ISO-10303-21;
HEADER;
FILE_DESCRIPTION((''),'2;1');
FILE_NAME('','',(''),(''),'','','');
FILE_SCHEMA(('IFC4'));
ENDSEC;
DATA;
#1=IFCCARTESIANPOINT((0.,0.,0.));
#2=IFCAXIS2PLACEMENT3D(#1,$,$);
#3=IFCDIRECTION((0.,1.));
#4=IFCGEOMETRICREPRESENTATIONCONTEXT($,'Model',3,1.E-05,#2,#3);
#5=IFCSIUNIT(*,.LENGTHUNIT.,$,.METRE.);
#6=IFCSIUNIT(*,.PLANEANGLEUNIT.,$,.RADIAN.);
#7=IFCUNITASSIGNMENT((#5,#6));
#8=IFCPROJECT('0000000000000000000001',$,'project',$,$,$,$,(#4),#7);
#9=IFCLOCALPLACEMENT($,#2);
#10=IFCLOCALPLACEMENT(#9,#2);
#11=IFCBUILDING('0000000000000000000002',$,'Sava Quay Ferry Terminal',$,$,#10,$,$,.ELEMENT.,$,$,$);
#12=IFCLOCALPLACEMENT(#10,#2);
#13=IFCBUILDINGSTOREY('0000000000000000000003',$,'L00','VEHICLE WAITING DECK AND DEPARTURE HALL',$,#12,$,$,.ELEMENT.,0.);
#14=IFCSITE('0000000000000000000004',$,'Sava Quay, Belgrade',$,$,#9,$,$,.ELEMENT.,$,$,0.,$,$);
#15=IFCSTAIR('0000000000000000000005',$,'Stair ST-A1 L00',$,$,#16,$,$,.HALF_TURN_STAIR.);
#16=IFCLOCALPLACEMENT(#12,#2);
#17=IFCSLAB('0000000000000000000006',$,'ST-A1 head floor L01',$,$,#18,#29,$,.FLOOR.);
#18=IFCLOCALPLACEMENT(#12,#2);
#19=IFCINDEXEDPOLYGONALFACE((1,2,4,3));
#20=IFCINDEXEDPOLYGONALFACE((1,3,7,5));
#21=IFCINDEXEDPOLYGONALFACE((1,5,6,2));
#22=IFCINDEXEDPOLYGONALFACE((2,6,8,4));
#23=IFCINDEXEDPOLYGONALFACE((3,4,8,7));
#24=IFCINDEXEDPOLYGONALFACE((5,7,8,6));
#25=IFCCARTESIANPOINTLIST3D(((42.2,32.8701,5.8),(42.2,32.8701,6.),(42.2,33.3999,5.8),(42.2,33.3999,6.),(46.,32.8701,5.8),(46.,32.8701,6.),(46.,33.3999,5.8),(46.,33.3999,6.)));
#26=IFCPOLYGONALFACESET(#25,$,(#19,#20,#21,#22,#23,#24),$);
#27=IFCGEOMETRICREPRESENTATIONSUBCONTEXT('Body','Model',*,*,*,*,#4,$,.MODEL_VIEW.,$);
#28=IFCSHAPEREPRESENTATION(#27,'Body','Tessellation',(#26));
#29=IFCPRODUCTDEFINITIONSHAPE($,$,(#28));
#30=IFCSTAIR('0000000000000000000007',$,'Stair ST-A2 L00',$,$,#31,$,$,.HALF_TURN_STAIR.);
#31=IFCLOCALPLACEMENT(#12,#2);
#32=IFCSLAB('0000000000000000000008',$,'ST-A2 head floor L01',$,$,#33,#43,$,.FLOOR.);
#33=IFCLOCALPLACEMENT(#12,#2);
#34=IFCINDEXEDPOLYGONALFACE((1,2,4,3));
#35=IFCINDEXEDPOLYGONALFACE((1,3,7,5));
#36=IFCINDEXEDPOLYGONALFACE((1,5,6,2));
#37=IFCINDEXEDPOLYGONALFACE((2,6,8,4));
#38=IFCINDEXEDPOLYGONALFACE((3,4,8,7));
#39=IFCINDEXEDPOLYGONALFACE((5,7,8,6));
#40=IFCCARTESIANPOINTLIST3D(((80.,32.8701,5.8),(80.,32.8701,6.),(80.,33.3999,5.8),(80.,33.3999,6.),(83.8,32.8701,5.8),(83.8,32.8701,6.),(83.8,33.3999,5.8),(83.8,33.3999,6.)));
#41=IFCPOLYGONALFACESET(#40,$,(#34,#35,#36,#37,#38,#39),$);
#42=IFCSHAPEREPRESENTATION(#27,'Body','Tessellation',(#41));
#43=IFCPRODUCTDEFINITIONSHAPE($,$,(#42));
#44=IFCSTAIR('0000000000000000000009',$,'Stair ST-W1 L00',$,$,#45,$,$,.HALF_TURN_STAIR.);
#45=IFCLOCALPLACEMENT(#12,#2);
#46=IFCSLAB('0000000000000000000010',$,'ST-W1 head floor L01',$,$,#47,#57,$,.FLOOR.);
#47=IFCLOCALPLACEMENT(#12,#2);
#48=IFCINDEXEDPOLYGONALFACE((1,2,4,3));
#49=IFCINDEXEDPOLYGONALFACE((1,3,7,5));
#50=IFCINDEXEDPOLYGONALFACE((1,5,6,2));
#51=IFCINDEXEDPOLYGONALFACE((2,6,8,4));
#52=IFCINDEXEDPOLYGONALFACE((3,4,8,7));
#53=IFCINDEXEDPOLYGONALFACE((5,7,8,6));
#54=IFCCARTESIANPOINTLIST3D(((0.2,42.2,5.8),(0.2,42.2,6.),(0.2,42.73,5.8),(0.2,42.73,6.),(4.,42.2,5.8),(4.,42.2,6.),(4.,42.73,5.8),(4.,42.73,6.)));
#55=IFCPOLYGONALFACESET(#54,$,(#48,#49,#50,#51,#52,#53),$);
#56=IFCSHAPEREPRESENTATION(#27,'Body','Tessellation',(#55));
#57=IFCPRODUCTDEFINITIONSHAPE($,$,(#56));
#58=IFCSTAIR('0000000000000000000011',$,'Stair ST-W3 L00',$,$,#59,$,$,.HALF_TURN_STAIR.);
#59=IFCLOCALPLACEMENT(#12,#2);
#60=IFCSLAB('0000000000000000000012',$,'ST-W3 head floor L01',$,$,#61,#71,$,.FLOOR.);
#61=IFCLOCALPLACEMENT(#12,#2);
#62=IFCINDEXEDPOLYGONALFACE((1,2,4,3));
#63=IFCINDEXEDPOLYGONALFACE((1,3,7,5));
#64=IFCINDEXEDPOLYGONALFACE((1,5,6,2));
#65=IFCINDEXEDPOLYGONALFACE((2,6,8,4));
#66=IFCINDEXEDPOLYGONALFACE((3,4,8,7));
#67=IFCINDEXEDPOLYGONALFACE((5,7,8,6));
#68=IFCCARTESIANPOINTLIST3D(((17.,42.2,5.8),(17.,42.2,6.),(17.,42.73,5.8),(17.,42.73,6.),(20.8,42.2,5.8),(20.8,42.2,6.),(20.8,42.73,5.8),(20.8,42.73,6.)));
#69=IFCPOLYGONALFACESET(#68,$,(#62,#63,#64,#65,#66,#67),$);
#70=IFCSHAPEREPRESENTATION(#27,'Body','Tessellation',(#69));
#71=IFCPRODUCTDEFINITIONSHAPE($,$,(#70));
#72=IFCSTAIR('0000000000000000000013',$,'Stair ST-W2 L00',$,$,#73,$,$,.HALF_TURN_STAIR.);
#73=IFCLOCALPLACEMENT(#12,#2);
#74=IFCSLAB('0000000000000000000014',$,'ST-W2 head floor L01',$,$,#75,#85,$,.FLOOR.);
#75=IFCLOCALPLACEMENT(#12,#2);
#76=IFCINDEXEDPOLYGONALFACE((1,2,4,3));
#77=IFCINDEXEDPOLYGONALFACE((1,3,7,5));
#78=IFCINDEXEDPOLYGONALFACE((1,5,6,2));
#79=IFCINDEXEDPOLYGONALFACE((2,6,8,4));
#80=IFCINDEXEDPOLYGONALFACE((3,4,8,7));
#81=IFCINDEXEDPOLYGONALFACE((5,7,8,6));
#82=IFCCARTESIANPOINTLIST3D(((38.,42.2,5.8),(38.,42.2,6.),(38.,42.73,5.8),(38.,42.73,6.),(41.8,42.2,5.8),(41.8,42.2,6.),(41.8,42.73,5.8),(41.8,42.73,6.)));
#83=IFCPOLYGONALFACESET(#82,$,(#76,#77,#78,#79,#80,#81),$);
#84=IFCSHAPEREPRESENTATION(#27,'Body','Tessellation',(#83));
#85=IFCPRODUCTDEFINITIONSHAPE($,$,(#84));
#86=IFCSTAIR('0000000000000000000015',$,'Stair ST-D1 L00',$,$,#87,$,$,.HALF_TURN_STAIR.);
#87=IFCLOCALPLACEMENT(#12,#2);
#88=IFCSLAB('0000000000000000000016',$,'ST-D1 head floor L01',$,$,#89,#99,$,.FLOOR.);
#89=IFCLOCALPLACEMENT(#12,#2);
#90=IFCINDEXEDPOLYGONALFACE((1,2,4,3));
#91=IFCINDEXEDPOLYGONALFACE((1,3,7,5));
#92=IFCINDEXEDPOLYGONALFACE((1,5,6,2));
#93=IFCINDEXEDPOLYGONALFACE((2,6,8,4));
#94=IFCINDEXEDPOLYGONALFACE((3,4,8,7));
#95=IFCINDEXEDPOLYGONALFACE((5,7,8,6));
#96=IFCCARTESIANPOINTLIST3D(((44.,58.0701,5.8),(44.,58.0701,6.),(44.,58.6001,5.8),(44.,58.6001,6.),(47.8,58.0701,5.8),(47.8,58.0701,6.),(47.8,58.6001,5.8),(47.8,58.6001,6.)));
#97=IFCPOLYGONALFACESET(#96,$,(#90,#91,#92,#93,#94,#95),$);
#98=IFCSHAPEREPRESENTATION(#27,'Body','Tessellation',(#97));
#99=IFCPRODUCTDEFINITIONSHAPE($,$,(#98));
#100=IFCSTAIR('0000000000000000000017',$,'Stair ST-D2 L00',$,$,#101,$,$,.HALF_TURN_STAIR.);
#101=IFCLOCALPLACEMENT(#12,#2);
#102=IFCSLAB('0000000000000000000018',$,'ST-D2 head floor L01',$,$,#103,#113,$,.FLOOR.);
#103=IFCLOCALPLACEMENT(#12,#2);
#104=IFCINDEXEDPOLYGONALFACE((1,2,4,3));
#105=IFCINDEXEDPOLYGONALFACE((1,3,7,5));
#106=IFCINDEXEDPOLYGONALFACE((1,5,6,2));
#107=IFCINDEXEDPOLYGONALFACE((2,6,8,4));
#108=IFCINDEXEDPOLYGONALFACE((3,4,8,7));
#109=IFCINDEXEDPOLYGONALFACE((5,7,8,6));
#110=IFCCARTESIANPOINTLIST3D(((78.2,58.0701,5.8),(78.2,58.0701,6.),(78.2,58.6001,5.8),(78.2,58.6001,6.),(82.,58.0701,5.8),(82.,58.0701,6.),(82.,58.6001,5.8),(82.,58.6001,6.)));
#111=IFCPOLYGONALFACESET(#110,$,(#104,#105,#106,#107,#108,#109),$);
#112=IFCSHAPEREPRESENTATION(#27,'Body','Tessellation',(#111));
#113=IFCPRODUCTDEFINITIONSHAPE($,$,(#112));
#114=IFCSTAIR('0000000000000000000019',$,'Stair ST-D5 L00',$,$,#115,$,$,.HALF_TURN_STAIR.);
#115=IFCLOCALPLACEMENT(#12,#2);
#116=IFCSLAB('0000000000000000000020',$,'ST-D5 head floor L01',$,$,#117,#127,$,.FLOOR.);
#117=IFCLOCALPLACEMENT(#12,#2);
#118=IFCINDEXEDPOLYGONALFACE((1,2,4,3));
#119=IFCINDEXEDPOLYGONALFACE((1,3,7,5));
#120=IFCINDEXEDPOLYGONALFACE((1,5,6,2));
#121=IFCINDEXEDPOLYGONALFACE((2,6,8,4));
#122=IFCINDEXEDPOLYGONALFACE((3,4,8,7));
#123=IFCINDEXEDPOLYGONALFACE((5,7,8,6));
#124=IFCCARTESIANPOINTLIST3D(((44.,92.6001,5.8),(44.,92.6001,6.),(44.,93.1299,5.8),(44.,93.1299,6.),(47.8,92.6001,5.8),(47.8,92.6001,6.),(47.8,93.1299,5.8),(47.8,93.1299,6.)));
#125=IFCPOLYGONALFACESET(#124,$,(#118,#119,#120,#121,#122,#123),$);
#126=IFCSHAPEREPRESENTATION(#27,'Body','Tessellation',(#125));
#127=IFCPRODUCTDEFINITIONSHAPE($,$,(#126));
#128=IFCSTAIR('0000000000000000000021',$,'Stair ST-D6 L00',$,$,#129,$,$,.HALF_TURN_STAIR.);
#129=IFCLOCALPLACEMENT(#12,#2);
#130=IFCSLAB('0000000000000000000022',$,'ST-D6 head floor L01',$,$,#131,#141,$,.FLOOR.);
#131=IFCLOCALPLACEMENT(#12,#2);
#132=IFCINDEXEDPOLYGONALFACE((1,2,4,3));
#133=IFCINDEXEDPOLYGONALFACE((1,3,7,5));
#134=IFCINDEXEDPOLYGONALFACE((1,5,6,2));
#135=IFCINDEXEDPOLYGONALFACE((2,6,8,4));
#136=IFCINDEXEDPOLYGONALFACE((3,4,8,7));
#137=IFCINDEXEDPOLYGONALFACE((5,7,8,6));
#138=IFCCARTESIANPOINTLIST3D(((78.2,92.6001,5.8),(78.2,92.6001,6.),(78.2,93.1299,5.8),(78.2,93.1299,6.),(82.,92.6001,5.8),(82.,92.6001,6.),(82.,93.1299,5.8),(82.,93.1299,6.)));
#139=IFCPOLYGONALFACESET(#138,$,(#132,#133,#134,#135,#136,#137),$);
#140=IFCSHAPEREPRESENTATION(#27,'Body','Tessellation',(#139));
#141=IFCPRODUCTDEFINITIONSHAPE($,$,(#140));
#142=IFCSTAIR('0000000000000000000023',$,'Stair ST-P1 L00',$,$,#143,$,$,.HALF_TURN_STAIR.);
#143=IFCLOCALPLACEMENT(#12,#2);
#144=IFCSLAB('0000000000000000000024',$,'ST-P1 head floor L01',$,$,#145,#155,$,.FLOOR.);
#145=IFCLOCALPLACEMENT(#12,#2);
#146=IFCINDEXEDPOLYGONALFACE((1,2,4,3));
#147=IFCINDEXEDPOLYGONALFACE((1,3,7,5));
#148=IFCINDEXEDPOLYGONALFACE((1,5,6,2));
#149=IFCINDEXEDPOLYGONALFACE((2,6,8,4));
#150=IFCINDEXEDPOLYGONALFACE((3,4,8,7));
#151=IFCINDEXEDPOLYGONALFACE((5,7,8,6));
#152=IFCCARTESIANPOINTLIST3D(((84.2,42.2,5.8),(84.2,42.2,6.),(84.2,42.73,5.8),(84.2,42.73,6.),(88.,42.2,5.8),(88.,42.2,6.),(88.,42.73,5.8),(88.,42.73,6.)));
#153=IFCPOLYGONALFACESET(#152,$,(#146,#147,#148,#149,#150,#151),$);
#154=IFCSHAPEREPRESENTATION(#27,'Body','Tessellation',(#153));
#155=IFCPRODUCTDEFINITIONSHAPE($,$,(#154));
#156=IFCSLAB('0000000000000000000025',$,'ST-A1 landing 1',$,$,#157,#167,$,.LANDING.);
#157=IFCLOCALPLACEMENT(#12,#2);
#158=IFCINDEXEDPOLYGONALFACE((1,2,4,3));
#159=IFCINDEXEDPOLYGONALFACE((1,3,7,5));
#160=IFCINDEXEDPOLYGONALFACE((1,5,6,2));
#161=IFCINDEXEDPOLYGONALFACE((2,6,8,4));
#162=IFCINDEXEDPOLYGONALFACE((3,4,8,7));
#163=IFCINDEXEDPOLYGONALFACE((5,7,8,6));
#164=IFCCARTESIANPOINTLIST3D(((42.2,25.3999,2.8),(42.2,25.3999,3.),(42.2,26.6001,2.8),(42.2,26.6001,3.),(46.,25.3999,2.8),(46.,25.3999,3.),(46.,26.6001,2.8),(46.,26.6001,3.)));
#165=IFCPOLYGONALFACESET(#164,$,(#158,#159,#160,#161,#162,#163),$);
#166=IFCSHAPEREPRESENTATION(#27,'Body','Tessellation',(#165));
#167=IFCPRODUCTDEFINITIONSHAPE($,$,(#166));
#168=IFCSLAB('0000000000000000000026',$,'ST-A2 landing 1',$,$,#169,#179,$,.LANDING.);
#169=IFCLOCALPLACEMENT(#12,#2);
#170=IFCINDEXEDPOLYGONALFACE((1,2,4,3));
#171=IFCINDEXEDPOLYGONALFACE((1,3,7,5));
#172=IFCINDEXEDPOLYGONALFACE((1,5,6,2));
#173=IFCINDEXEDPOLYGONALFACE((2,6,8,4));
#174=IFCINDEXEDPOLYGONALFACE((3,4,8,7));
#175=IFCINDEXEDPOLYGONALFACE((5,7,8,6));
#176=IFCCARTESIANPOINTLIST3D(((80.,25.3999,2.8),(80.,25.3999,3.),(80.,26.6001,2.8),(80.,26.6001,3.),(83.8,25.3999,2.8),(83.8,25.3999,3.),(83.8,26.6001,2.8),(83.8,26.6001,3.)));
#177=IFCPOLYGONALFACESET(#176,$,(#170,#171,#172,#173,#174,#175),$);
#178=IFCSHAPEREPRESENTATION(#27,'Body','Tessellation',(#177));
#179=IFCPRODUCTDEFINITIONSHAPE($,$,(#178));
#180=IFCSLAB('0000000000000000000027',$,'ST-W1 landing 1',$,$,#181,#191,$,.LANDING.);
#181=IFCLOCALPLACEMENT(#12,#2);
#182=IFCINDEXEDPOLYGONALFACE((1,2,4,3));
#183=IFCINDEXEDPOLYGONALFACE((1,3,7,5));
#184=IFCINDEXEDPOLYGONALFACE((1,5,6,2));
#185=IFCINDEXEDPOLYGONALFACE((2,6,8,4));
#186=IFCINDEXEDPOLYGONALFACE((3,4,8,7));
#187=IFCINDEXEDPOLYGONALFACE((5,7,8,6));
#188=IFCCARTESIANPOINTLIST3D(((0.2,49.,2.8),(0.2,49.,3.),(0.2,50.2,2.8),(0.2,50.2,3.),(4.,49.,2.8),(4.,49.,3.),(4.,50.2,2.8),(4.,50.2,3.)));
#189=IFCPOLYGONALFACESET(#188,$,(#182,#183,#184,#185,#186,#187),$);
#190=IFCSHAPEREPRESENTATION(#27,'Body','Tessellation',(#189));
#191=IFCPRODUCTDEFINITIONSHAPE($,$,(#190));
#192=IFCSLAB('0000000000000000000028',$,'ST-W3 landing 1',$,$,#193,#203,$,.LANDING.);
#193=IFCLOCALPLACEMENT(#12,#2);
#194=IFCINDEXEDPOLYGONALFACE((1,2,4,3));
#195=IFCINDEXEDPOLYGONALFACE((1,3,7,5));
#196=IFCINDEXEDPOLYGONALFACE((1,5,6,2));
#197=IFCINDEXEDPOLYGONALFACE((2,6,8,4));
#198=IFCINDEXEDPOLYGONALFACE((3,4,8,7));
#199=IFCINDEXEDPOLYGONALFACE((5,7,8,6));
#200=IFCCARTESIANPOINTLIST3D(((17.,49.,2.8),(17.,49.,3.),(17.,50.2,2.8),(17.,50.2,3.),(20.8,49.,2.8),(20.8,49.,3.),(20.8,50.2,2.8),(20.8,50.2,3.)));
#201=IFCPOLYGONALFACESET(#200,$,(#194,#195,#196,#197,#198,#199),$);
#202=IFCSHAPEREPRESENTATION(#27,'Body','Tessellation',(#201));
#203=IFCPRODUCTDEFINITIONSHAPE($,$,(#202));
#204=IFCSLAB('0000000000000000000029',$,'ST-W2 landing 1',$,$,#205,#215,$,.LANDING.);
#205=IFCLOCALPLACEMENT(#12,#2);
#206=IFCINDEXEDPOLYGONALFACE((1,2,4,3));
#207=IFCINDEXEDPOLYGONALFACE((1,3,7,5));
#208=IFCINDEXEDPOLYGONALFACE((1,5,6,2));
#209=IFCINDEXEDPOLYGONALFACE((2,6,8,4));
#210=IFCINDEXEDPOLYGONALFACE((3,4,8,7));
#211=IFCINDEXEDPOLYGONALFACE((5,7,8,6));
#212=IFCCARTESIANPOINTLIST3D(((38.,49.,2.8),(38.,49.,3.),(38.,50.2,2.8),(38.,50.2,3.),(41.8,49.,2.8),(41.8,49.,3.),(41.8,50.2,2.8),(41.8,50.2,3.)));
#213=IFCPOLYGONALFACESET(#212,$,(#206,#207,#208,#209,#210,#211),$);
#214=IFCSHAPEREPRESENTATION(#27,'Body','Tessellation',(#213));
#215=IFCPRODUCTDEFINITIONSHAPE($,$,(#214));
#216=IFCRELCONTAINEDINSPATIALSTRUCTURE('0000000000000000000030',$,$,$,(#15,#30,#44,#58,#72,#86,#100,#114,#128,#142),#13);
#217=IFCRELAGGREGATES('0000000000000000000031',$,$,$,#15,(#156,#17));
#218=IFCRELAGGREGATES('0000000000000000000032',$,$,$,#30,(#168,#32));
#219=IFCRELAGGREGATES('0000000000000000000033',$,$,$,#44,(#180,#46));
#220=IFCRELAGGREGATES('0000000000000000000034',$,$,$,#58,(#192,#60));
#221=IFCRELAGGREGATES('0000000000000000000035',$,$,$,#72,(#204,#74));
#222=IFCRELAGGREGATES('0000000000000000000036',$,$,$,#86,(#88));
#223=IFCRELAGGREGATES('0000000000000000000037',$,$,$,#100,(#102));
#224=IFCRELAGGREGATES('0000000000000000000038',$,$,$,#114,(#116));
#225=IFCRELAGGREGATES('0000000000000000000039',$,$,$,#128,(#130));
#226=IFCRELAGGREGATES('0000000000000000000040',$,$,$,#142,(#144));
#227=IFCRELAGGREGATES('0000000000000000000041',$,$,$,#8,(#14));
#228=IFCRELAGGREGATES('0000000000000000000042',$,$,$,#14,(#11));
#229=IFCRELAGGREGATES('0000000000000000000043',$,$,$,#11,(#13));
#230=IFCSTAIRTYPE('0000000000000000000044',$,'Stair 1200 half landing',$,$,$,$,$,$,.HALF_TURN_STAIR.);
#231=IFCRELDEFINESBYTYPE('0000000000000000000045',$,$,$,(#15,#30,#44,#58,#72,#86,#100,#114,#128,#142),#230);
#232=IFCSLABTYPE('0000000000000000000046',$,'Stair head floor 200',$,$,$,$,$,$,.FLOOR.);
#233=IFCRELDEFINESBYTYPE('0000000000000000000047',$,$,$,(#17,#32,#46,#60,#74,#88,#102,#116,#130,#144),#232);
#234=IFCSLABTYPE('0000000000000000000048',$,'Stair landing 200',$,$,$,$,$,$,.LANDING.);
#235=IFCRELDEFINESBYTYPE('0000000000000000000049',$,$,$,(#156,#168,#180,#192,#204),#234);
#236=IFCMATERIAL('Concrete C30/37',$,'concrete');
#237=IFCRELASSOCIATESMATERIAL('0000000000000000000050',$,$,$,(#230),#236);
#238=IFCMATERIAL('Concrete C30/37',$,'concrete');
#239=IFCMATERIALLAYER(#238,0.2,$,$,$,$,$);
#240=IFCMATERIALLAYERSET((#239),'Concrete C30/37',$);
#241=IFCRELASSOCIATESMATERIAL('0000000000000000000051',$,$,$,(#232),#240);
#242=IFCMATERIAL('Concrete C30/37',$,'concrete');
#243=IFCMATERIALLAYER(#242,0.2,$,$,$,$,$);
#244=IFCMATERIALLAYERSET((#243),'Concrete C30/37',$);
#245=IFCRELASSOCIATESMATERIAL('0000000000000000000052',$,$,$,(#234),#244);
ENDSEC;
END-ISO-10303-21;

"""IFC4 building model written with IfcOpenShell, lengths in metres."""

from ifc_helpers import new_model, si_unit, direction, frame, origin, place, context, subcontext, project, spatial, polyline, outline, extrude, material, layer, layer_set, type_object, element, aggregate, save


model = new_model("IFC4")

# Units and contexts
model_context = context("Model", 3, precision=1e-05, world=origin(), true_north=direction((0.0, 1.0)))
body_context = subcontext(model_context, "Body", "Model", "MODEL_VIEW")
ifc_project = project(units=[si_unit("LENGTHUNIT", "METRE"), si_unit("PLANEANGLEUNIT", "RADIAN")], contexts=[model_context])

# Site, building, storey
site_placement = place(None, origin())
site = spatial("IfcSite", under=ifc_project, at=site_placement, Name="Sava Quay, Belgrade", CompositionType="ELEMENT", RefElevation=0.0)
building_placement = place(site_placement, origin())
building = spatial("IfcBuilding", under=site, at=building_placement, Name="Sava Quay Ferry Terminal", CompositionType="ELEMENT")
storey_placement = place(building_placement, origin())
storey = spatial("IfcBuildingStorey", under=building, at=storey_placement, Name="L00", Description="VEHICLE WAITING DECK AND DEPARTURE HALL", CompositionType="ELEMENT", Elevation=0.0)

# Stairs, slabs
ifc_material_1 = material(Name="Concrete C30/37", Category="concrete")
stair_type = type_object("IfcStairType", Name="Stair 1200 half landing", PredefinedType="HALF_TURN_STAIR", material=ifc_material_1)
stair_1_placement = place(storey_placement, origin())
stair_1 = element("IfcStair", 1, at=stair_1_placement, inside=storey, type_object=stair_type, Name="Stair ST-A1 L00", PredefinedType="HALF_TURN_STAIR")
ifc_material_2 = material(Name="Concrete C30/37", Category="concrete")
ifc_layer_1 = layer(ifc_material_2, 0.2)
ifc_layer_set_1 = layer_set([ifc_layer_1], Name="Concrete C30/37")
slab_type_1 = type_object("IfcSlabType", Name="Stair head floor 200", PredefinedType="FLOOR", material=ifc_layer_set_1)
slab_1_placement = place(storey_placement, frame((0.0, 0.0, 5.8)))
slab_1 = element("IfcSlab", 2, at=slab_1_placement, type_object=slab_type_1, Name="ST-A1 head floor L01", PredefinedType="FLOOR", context=body_context, shape_type="SweptSolid", body=[
    extrude(outline(polyline([(42.2, 32.8701), (42.2, 33.3999), (46.0, 33.3999), (46.0, 32.8701), (42.2, 32.8701)])), origin(), (0.0, 0.0, 1.0), 0.2),
])
stair_2_placement = place(storey_placement, origin())
stair_2 = element("IfcStair", 3, at=stair_2_placement, inside=storey, type_object=stair_type, Name="Stair ST-A2 L00", PredefinedType="HALF_TURN_STAIR")
slab_2_placement = place(storey_placement, frame((0.0, 0.0, 5.8)))
slab_2 = element("IfcSlab", 4, at=slab_2_placement, type_object=slab_type_1, Name="ST-A2 head floor L01", PredefinedType="FLOOR", context=body_context, shape_type="SweptSolid", body=[
    extrude(outline(polyline([(80.0, 32.8701), (80.0, 33.3999), (83.8, 33.3999), (83.8, 32.8701), (80.0, 32.8701)])), origin(), (0.0, 0.0, 1.0), 0.2),
])
stair_3_placement = place(storey_placement, origin())
stair_3 = element("IfcStair", 5, at=stair_3_placement, inside=storey, type_object=stair_type, Name="Stair ST-W1 L00", PredefinedType="HALF_TURN_STAIR")
slab_3_placement = place(storey_placement, frame((0.0, 0.0, 5.8)))
slab_3 = element("IfcSlab", 6, at=slab_3_placement, type_object=slab_type_1, Name="ST-W1 head floor L01", PredefinedType="FLOOR", context=body_context, shape_type="SweptSolid", body=[
    extrude(outline(polyline([(0.2, 42.2), (0.2, 42.73), (4.0, 42.73), (4.0, 42.2), (0.2, 42.2)])), origin(), (0.0, 0.0, 1.0), 0.2),
])
stair_4_placement = place(storey_placement, origin())
stair_4 = element("IfcStair", 7, at=stair_4_placement, inside=storey, type_object=stair_type, Name="Stair ST-W3 L00", PredefinedType="HALF_TURN_STAIR")
slab_4_placement = place(storey_placement, frame((0.0, 0.0, 5.8)))
slab_4 = element("IfcSlab", 8, at=slab_4_placement, type_object=slab_type_1, Name="ST-W3 head floor L01", PredefinedType="FLOOR", context=body_context, shape_type="SweptSolid", body=[
    extrude(outline(polyline([(17.0, 42.2), (17.0, 42.73), (20.8, 42.73), (20.8, 42.2), (17.0, 42.2)])), origin(), (0.0, 0.0, 1.0), 0.2),
])
stair_5_placement = place(storey_placement, origin())
stair_5 = element("IfcStair", 9, at=stair_5_placement, inside=storey, type_object=stair_type, Name="Stair ST-W2 L00", PredefinedType="HALF_TURN_STAIR")
slab_5_placement = place(storey_placement, frame((0.0, 0.0, 5.8)))
slab_5 = element("IfcSlab", 10, at=slab_5_placement, type_object=slab_type_1, Name="ST-W2 head floor L01", PredefinedType="FLOOR", context=body_context, shape_type="SweptSolid", body=[
    extrude(outline(polyline([(38.0, 42.2), (38.0, 42.73), (41.8, 42.73), (41.8, 42.2), (38.0, 42.2)])), origin(), (0.0, 0.0, 1.0), 0.2),
])
stair_6_placement = place(storey_placement, origin())
stair_6 = element("IfcStair", 11, at=stair_6_placement, inside=storey, type_object=stair_type, Name="Stair ST-D1 L00", PredefinedType="HALF_TURN_STAIR")
slab_6_placement = place(storey_placement, frame((0.0, 0.0, 5.8)))
slab_6 = element("IfcSlab", 12, at=slab_6_placement, type_object=slab_type_1, Name="ST-D1 head floor L01", PredefinedType="FLOOR", context=body_context, shape_type="SweptSolid", body=[
    extrude(outline(polyline([(44.0, 58.0701), (44.0, 58.6001), (47.8, 58.6001), (47.8, 58.0701), (44.0, 58.0701)])), origin(), (0.0, 0.0, 1.0), 0.2),
])
stair_7_placement = place(storey_placement, origin())
stair_7 = element("IfcStair", 13, at=stair_7_placement, inside=storey, type_object=stair_type, Name="Stair ST-D2 L00", PredefinedType="HALF_TURN_STAIR")
slab_7_placement = place(storey_placement, frame((0.0, 0.0, 5.8)))
slab_7 = element("IfcSlab", 14, at=slab_7_placement, type_object=slab_type_1, Name="ST-D2 head floor L01", PredefinedType="FLOOR", context=body_context, shape_type="SweptSolid", body=[
    extrude(outline(polyline([(78.2, 58.0701), (78.2, 58.6001), (82.0, 58.6001), (82.0, 58.0701), (78.2, 58.0701)])), origin(), (0.0, 0.0, 1.0), 0.2),
])
stair_8_placement = place(storey_placement, origin())
stair_8 = element("IfcStair", 15, at=stair_8_placement, inside=storey, type_object=stair_type, Name="Stair ST-D5 L00", PredefinedType="HALF_TURN_STAIR")
slab_8_placement = place(storey_placement, frame((0.0, 0.0, 5.8)))
slab_8 = element("IfcSlab", 16, at=slab_8_placement, type_object=slab_type_1, Name="ST-D5 head floor L01", PredefinedType="FLOOR", context=body_context, shape_type="SweptSolid", body=[
    extrude(outline(polyline([(44.0, 92.6001), (44.0, 93.1299), (47.8, 93.1299), (47.8, 92.6001), (44.0, 92.6001)])), origin(), (0.0, 0.0, 1.0), 0.2),
])
stair_9_placement = place(storey_placement, origin())
stair_9 = element("IfcStair", 17, at=stair_9_placement, inside=storey, type_object=stair_type, Name="Stair ST-D6 L00", PredefinedType="HALF_TURN_STAIR")
slab_9_placement = place(storey_placement, frame((0.0, 0.0, 5.8)))
slab_9 = element("IfcSlab", 18, at=slab_9_placement, type_object=slab_type_1, Name="ST-D6 head floor L01", PredefinedType="FLOOR", context=body_context, shape_type="SweptSolid", body=[
    extrude(outline(polyline([(78.2, 92.6001), (78.2, 93.1299), (82.0, 93.1299), (82.0, 92.6001), (78.2, 92.6001)])), origin(), (0.0, 0.0, 1.0), 0.2),
])
stair_10_placement = place(storey_placement, origin())
stair_10 = element("IfcStair", 19, at=stair_10_placement, inside=storey, type_object=stair_type, Name="Stair ST-P1 L00", PredefinedType="HALF_TURN_STAIR")
slab_10_placement = place(storey_placement, frame((0.0, 0.0, 5.8)))
slab_10 = element("IfcSlab", 20, at=slab_10_placement, type_object=slab_type_1, Name="ST-P1 head floor L01", PredefinedType="FLOOR", context=body_context, shape_type="SweptSolid", body=[
    extrude(outline(polyline([(84.2, 42.2), (84.2, 42.73), (88.0, 42.73), (88.0, 42.2), (84.2, 42.2)])), origin(), (0.0, 0.0, 1.0), 0.2),
])

# Slabs
ifc_material_3 = material(Name="Concrete C30/37", Category="concrete")
ifc_layer_2 = layer(ifc_material_3, 0.2)
ifc_layer_set_2 = layer_set([ifc_layer_2], Name="Concrete C30/37")
slab_type_2 = type_object("IfcSlabType", Name="Stair landing 200", PredefinedType="LANDING", material=ifc_layer_set_2)
slab_11_placement = place(storey_placement, frame((0.0, 0.0, 2.8)))
slab_11 = element("IfcSlab", 21, at=slab_11_placement, type_object=slab_type_2, Name="ST-A1 landing 1", PredefinedType="LANDING", context=body_context, shape_type="SweptSolid", body=[
    extrude(outline(polyline([(42.2, 25.3999), (42.2, 26.6001), (46.0, 26.6001), (46.0, 25.3999), (42.2, 25.3999)])), origin(), (0.0, 0.0, 1.0), 0.2),
])
aggregate(stair_1, [slab_11, slab_1])
slab_12_placement = place(storey_placement, frame((0.0, 0.0, 2.8)))
slab_12 = element("IfcSlab", 22, at=slab_12_placement, type_object=slab_type_2, Name="ST-A2 landing 1", PredefinedType="LANDING", context=body_context, shape_type="SweptSolid", body=[
    extrude(outline(polyline([(80.0, 25.3999), (80.0, 26.6001), (83.8, 26.6001), (83.8, 25.3999), (80.0, 25.3999)])), origin(), (0.0, 0.0, 1.0), 0.2),
])
aggregate(stair_2, [slab_12, slab_2])
slab_13_placement = place(storey_placement, frame((0.0, 0.0, 2.8)))
slab_13 = element("IfcSlab", 23, at=slab_13_placement, type_object=slab_type_2, Name="ST-W1 landing 1", PredefinedType="LANDING", context=body_context, shape_type="SweptSolid", body=[
    extrude(outline(polyline([(0.2, 49.0), (0.2, 50.2), (4.0, 50.2), (4.0, 49.0), (0.2, 49.0)])), origin(), (0.0, 0.0, 1.0), 0.2),
])
aggregate(stair_3, [slab_13, slab_3])
slab_14_placement = place(storey_placement, frame((0.0, 0.0, 2.8)))
slab_14 = element("IfcSlab", 24, at=slab_14_placement, type_object=slab_type_2, Name="ST-W3 landing 1", PredefinedType="LANDING", context=body_context, shape_type="SweptSolid", body=[
    extrude(outline(polyline([(17.0, 49.0), (17.0, 50.2), (20.8, 50.2), (20.8, 49.0), (17.0, 49.0)])), origin(), (0.0, 0.0, 1.0), 0.2),
])
aggregate(stair_4, [slab_14, slab_4])
slab_15_placement = place(storey_placement, frame((0.0, 0.0, 2.8)))
slab_15 = element("IfcSlab", 25, at=slab_15_placement, type_object=slab_type_2, Name="ST-W2 landing 1", PredefinedType="LANDING", context=body_context, shape_type="SweptSolid", body=[
    extrude(outline(polyline([(38.0, 49.0), (38.0, 50.2), (41.8, 50.2), (41.8, 49.0), (38.0, 49.0)])), origin(), (0.0, 0.0, 1.0), 0.2),
])
aggregate(stair_5, [slab_15, slab_5])
aggregate(stair_6, [slab_6])
aggregate(stair_7, [slab_7])
aggregate(stair_8, [slab_8])
aggregate(stair_9, [slab_9])
aggregate(stair_10, [slab_10])

save(model, "model.ifc")
